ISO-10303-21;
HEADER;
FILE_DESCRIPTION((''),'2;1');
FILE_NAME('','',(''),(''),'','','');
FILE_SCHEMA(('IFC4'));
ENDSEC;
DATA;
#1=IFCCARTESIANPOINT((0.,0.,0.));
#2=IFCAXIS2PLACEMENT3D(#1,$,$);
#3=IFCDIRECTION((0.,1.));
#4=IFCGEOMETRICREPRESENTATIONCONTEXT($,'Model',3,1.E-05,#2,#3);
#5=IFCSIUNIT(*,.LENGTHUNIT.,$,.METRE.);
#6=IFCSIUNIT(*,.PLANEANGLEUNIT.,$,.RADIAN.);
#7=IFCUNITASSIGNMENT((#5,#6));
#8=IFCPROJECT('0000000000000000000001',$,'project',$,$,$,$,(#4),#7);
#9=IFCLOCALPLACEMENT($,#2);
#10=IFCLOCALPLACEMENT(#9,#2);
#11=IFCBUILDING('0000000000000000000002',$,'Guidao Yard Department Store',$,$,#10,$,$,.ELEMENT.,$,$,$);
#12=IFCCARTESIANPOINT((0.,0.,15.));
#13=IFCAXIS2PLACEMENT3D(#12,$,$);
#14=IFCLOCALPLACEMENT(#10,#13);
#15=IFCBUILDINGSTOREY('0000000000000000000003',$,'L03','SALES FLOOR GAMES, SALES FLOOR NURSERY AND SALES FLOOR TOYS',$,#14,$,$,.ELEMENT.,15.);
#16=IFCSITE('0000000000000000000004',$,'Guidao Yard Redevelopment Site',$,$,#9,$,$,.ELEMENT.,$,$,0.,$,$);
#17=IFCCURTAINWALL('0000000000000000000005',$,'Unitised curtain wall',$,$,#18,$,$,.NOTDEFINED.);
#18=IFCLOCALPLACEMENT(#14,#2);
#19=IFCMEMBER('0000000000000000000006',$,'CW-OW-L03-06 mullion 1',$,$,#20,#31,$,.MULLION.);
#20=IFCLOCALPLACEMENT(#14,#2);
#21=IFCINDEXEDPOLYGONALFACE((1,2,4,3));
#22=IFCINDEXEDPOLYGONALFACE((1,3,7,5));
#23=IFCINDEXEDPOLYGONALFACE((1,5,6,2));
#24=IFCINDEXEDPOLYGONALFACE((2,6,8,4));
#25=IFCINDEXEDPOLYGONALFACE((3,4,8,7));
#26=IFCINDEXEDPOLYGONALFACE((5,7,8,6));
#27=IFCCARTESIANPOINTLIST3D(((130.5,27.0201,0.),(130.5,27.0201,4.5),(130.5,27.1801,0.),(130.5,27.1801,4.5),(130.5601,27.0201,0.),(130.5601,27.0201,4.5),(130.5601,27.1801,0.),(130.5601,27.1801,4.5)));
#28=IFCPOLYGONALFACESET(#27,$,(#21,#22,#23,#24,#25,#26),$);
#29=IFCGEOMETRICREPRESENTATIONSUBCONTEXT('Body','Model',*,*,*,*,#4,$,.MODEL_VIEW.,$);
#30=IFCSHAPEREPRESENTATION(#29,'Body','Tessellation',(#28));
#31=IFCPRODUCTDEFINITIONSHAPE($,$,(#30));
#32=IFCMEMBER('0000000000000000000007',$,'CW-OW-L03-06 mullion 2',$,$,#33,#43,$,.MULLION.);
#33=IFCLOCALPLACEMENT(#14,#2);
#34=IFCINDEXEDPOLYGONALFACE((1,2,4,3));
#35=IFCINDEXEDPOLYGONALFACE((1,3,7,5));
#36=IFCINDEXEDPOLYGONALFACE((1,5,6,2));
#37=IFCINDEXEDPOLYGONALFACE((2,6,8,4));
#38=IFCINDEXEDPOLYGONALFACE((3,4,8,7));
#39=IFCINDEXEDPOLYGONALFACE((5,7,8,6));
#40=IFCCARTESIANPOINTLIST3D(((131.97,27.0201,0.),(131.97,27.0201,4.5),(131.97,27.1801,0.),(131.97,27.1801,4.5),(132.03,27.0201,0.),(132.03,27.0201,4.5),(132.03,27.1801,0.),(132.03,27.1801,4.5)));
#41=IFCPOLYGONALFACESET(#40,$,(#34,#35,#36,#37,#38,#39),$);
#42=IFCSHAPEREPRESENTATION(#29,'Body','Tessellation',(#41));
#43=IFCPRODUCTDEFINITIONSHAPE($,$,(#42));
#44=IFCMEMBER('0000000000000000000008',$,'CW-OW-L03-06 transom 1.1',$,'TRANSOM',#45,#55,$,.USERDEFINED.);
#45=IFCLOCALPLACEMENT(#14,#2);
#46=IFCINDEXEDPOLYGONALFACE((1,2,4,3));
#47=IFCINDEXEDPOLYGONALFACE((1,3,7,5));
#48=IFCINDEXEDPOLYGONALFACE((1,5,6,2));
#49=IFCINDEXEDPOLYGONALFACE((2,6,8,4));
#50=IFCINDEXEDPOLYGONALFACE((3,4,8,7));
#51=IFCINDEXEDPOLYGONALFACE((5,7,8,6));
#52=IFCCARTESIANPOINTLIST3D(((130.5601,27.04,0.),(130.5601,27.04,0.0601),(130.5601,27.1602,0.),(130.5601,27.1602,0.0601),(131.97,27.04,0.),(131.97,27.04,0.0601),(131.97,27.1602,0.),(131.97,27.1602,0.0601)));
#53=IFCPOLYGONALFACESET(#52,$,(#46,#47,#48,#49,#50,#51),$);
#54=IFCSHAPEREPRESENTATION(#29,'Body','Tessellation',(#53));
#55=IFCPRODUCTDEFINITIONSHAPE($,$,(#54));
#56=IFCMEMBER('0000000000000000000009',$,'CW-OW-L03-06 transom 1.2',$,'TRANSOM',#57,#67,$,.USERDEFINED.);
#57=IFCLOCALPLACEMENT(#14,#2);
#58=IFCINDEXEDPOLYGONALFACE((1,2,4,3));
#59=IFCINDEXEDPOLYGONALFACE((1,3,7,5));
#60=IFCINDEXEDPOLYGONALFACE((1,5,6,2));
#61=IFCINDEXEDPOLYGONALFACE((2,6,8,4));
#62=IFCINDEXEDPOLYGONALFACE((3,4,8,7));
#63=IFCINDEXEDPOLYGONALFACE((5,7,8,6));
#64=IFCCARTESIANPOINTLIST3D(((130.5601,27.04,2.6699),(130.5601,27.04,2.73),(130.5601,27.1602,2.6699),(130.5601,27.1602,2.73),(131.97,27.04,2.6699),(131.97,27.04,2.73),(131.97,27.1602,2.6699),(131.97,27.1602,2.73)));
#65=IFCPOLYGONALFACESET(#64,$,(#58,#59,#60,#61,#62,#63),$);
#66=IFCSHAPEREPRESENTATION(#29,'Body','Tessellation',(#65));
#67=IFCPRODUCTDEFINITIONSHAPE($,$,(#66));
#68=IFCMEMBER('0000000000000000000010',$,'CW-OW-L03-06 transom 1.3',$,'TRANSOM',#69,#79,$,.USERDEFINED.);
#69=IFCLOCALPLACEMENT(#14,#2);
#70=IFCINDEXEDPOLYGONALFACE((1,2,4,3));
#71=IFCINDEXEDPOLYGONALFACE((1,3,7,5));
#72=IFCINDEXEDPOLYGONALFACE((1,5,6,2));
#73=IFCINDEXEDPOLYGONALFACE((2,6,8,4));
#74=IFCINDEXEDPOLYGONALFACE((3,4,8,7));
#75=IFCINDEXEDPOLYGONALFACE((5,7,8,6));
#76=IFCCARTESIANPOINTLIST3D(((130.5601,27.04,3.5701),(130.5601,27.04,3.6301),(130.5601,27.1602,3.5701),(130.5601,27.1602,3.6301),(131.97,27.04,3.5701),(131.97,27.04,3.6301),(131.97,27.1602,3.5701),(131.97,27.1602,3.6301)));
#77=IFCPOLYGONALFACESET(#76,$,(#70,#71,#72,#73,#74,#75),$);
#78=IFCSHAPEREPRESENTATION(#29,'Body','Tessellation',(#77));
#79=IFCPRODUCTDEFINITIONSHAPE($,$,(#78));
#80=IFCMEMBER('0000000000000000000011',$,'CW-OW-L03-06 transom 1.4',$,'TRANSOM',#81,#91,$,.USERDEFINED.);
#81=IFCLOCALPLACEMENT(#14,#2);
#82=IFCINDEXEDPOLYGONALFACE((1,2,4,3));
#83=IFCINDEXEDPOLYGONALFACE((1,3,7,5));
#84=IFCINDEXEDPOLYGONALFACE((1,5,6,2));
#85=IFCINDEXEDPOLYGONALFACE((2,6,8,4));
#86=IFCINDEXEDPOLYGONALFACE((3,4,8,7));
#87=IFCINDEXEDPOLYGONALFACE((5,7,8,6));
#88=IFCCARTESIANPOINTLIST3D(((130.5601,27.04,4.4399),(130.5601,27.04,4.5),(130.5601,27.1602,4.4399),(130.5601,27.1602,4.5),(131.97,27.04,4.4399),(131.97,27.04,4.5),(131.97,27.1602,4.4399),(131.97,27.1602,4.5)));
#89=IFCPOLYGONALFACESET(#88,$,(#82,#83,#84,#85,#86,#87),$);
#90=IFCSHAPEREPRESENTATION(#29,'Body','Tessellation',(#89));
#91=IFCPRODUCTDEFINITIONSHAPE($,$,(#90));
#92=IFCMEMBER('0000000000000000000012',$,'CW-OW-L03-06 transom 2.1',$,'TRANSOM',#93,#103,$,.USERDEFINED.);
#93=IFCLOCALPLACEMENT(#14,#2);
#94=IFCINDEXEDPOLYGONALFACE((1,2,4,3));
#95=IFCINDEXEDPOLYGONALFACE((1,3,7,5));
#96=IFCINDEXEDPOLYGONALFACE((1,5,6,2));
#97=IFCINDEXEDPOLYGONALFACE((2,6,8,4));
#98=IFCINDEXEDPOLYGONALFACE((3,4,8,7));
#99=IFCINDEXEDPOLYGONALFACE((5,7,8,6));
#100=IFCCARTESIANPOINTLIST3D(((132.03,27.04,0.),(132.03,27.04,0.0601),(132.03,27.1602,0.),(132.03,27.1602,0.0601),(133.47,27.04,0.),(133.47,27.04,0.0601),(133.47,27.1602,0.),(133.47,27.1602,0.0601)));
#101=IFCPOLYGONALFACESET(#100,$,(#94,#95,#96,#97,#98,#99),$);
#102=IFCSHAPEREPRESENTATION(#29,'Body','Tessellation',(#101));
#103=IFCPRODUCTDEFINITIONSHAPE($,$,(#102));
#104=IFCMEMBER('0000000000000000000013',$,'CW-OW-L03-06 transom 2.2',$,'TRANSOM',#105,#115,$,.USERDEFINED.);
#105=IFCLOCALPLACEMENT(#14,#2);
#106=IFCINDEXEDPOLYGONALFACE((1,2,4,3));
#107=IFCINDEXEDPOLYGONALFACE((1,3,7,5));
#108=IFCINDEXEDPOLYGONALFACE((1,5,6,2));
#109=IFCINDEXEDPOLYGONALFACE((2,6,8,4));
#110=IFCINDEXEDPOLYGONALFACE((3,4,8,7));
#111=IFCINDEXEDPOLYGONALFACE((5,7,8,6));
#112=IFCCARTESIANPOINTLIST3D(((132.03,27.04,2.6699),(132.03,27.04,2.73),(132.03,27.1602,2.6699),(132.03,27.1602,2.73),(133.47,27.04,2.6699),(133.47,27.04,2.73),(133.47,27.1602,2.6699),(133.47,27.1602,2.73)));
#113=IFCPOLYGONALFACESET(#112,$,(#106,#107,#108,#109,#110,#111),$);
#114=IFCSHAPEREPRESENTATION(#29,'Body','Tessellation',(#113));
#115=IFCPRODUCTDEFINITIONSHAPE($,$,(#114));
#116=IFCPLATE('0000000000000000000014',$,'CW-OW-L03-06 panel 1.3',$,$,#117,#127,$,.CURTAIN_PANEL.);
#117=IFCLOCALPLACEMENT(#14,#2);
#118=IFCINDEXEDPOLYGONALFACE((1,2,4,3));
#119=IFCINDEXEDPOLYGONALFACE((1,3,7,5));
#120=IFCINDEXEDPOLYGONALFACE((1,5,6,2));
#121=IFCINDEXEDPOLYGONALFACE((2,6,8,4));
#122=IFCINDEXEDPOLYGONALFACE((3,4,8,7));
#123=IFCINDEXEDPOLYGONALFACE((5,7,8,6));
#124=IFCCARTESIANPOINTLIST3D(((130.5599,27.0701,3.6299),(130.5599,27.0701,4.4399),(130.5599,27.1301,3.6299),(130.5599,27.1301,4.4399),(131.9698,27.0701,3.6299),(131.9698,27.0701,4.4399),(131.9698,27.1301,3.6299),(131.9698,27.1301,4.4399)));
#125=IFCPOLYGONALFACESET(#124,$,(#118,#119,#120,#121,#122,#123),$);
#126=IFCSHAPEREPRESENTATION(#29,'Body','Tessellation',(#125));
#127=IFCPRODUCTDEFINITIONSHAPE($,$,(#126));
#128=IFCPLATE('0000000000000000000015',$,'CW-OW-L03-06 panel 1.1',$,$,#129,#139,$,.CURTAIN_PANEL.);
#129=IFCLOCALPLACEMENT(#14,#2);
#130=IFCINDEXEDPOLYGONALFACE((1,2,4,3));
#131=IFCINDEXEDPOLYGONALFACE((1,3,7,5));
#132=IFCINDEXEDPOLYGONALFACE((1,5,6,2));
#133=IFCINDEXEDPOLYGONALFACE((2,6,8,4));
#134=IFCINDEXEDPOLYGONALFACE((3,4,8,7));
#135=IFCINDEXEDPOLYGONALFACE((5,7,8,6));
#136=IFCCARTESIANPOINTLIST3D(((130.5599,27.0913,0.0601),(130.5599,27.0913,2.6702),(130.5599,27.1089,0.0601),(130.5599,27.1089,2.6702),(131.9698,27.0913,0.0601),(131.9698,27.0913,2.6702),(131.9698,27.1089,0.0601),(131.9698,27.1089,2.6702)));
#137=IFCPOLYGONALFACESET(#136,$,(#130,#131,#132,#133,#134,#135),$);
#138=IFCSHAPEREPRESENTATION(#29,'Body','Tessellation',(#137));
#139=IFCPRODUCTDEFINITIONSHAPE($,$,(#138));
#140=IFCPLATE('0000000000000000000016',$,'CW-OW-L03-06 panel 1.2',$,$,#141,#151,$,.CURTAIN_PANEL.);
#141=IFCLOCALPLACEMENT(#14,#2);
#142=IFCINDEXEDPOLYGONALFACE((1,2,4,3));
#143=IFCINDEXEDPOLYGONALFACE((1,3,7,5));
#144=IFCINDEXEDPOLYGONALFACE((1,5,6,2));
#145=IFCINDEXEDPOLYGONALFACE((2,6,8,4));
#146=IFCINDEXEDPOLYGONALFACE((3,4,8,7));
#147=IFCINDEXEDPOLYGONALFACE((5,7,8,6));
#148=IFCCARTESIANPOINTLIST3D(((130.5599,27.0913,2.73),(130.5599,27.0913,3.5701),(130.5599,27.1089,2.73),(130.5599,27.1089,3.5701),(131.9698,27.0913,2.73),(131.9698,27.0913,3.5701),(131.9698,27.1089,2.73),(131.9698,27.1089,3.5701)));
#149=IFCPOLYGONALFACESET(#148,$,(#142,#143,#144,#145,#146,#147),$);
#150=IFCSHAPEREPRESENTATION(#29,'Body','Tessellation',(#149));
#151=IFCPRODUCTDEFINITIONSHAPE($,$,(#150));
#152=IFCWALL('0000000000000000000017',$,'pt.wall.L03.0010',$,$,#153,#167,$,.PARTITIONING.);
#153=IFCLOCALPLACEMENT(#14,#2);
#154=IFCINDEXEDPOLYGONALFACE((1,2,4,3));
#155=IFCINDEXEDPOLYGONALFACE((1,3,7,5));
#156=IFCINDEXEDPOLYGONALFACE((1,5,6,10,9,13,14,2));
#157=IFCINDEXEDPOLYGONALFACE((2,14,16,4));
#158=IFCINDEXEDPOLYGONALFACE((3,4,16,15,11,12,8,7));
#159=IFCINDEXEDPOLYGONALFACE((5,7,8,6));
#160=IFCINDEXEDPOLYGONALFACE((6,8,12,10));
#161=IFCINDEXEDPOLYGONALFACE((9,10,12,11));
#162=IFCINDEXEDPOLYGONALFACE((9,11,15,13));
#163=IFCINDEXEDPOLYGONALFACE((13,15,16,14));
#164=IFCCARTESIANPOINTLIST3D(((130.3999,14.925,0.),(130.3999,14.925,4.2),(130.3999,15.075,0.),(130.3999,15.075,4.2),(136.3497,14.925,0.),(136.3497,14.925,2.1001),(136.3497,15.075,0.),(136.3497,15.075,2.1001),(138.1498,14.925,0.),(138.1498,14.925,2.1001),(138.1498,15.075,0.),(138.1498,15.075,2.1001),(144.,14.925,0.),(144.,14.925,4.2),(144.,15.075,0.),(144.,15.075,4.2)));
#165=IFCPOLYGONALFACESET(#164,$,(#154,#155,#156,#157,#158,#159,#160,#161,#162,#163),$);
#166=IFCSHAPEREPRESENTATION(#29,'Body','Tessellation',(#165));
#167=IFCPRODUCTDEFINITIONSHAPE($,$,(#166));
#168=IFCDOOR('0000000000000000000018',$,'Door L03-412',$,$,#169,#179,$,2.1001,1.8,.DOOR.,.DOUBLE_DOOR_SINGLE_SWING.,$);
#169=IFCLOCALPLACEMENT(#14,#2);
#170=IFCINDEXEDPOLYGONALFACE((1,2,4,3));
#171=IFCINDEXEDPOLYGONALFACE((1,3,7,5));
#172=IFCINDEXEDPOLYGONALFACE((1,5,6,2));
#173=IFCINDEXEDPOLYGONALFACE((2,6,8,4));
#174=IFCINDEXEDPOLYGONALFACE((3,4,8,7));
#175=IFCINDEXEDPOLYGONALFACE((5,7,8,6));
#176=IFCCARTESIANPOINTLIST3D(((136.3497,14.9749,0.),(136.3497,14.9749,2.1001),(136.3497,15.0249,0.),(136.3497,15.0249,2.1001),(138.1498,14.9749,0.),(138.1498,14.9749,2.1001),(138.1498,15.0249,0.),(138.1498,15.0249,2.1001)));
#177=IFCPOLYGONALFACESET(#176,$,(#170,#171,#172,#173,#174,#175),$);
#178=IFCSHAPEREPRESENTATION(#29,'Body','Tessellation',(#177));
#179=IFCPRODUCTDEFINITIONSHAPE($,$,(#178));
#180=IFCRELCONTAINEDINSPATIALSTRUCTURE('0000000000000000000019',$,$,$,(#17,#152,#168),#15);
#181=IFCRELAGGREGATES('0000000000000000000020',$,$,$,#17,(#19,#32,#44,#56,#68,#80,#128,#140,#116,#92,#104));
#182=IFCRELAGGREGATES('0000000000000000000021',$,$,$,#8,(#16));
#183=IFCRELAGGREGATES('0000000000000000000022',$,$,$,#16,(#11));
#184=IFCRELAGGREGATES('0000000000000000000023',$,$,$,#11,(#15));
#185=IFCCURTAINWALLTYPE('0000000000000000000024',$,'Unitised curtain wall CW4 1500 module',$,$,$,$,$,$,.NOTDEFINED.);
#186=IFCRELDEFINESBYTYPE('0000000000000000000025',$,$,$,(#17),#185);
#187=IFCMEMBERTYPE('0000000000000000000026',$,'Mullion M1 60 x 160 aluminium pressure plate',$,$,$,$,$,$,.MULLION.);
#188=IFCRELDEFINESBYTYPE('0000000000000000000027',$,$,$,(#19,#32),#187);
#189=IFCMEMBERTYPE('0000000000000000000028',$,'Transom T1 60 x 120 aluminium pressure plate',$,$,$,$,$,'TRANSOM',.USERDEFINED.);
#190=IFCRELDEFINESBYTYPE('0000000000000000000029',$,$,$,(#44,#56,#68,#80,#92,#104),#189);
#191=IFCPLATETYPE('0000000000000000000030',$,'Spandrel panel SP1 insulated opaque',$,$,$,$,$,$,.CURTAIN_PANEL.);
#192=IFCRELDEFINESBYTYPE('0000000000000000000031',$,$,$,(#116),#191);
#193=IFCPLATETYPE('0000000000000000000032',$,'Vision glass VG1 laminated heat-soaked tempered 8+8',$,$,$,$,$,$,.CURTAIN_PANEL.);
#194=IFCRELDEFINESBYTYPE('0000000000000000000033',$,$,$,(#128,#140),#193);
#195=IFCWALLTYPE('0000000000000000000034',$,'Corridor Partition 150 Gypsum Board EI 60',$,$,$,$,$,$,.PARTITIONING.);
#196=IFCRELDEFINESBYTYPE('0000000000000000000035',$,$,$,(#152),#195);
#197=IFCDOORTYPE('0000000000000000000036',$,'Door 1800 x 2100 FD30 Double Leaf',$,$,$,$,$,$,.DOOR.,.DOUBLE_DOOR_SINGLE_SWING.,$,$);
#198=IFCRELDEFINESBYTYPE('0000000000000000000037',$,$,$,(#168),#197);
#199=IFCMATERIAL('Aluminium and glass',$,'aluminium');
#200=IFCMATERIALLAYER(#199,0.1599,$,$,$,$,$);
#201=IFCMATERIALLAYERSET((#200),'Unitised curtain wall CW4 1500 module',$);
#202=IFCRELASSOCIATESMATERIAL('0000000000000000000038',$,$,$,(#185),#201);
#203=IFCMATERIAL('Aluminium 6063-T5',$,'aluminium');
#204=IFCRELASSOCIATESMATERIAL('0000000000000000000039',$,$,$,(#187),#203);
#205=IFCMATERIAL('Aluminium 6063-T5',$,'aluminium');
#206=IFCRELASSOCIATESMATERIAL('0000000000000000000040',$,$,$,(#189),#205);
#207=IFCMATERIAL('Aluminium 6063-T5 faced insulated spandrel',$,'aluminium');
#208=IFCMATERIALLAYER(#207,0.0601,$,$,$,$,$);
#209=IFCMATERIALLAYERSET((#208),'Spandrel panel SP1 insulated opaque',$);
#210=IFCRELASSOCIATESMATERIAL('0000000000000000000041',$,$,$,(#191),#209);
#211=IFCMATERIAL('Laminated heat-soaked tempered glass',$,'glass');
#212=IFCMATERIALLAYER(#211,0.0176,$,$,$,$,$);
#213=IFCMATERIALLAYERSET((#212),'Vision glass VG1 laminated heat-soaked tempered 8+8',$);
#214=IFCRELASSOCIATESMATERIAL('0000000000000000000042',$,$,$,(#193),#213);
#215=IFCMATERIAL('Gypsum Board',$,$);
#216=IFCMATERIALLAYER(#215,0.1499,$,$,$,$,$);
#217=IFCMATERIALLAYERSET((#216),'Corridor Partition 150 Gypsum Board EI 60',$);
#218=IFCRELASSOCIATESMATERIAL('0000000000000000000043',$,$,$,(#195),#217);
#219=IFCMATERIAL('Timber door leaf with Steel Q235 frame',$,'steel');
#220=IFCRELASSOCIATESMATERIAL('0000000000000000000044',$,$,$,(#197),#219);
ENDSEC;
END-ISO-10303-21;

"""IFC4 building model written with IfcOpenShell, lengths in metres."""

from ifc_helpers import new_model, si_unit, direction, frame, frame_2d, origin, origin_2d, place, context, subcontext, project, spatial, rectangle, extrude, material, layer, layer_set, material_profile, profile_set, type_object, element, fill, aggregate, save


model = new_model("IFC4")

# Units and contexts
model_context = context("Model", 3, precision=1e-05, world=origin(), true_north=direction((0.0, 1.0)))
body_context = subcontext(model_context, "Body", "Model", "MODEL_VIEW")
ifc_project = project(units=[si_unit("LENGTHUNIT", "METRE"), si_unit("PLANEANGLEUNIT", "RADIAN")], contexts=[model_context])

# Site, building, storey
site_placement = place(None, origin())
site = spatial("IfcSite", under=ifc_project, at=site_placement, Name="Guidao Yard Redevelopment Site", CompositionType="ELEMENT", RefElevation=0.0)
building_placement = place(site_placement, origin())
building = spatial("IfcBuilding", under=site, at=building_placement, Name="Guidao Yard Department Store", CompositionType="ELEMENT")
storey_placement = place(building_placement, frame((0.0, 0.0, 15.0)))
storey = spatial("IfcBuildingStorey", under=building, at=storey_placement, Name="L03", Description="SALES FLOOR GAMES, SALES FLOOR NURSERY AND SALES FLOOR TOYS", CompositionType="ELEMENT", Elevation=15.0)

# Curtain wall, members, plates
ifc_material_1 = material(Name="Aluminium and glass", Category="aluminium")
ifc_layer_1 = layer(ifc_material_1, 0.1599)
ifc_layer_set_1 = layer_set([ifc_layer_1], Name="Unitised curtain wall CW4 1500 module")
curtain_wall_type = type_object("IfcCurtainWallType", Name="Unitised curtain wall CW4 1500 module", PredefinedType="NOTDEFINED", material=ifc_layer_set_1)
curtain_wall_placement = place(storey_placement, origin())
curtain_wall = element("IfcCurtainWall", 1, at=curtain_wall_placement, inside=storey, type_object=curtain_wall_type, Name="Unitised curtain wall", PredefinedType="NOTDEFINED")
ifc_material_2 = material(Name="Aluminium 6063-T5", Category="aluminium")
ifc_material_profile_1 = material_profile(ifc_material_2, rectangle(XDim=0.0601, YDim=0.1599, at=origin_2d()), Name="Mullion M1 60 x 160 aluminium pressure plate")
ifc_profile_set_1 = profile_set([ifc_material_profile_1], Name="Aluminium 6063-T5")
member_type_1 = type_object("IfcMemberType", Name="Mullion M1 60 x 160 aluminium pressure plate", PredefinedType="MULLION", material=ifc_profile_set_1)
member_1_placement = place(storey_placement, frame((130.53, 27.1001, 0.0), z_axis=(0.0, 0.0, 1.0), x_axis=(1.0, 0.0, 0.0)))
member_1 = element("IfcMember", 2, at=member_1_placement, type_object=member_type_1, Name="CW-OW-L03-06 mullion 1", PredefinedType="MULLION", context=body_context, shape_type="SweptSolid", body=[
    extrude(rectangle(XDim=0.0601, YDim=0.1599, at=origin_2d()), origin(), (0.0, 0.0, 1.0), 4.5),
])
member_2_placement = place(storey_placement, frame((132.0, 27.1001, 0.0), z_axis=(0.0, 0.0, 1.0), x_axis=(1.0, 0.0, 0.0)))
member_2 = element("IfcMember", 3, at=member_2_placement, type_object=member_type_1, Name="CW-OW-L03-06 mullion 2", PredefinedType="MULLION", context=body_context, shape_type="SweptSolid", body=[
    extrude(rectangle(XDim=0.0601, YDim=0.1599, at=origin_2d()), origin(), (0.0, 0.0, 1.0), 4.5),
])
ifc_material_3 = material(Name="Aluminium 6063-T5", Category="aluminium")
ifc_material_profile_2 = material_profile(ifc_material_3, rectangle(XDim=0.1201, YDim=0.0601, at=origin_2d()), Name="Transom T1 60 x 120 aluminium pressure plate")
ifc_profile_set_2 = profile_set([ifc_material_profile_2], Name="Aluminium 6063-T5")
member_type_2 = type_object("IfcMemberType", Name="Transom T1 60 x 120 aluminium pressure plate", ElementType="TRANSOM", PredefinedType="USERDEFINED", material=ifc_profile_set_2)
member_3_placement = place(storey_placement, frame((130.5601, 27.1001, 0.03), z_axis=(1.0, 0.0, 0.0), x_axis=(0.0, 1.0, 0.0)))
member_3 = element("IfcMember", 4, at=member_3_placement, type_object=member_type_2, Name="CW-OW-L03-06 transom 1.1", ObjectType="TRANSOM", PredefinedType="USERDEFINED", context=body_context, shape_type="SweptSolid", body=[
    extrude(rectangle(XDim=0.1201, YDim=0.0601, at=origin_2d()), origin(), (0.0, 0.0, 1.0), 1.4099),
])
member_4_placement = place(storey_placement, frame((130.5601, 27.1001, 2.7), z_axis=(1.0, 0.0, 0.0), x_axis=(0.0, 1.0, 0.0)))
member_4 = element("IfcMember", 5, at=member_4_placement, type_object=member_type_2, Name="CW-OW-L03-06 transom 1.2", ObjectType="TRANSOM", PredefinedType="USERDEFINED", context=body_context, shape_type="SweptSolid", body=[
    extrude(rectangle(XDim=0.1201, YDim=0.0601, at=origin_2d()), origin(), (0.0, 0.0, 1.0), 1.4099),
])
member_5_placement = place(storey_placement, frame((130.5601, 27.1001, 3.6001), z_axis=(1.0, 0.0, 0.0), x_axis=(0.0, 1.0, 0.0)))
member_5 = element("IfcMember", 6, at=member_5_placement, type_object=member_type_2, Name="CW-OW-L03-06 transom 1.3", ObjectType="TRANSOM", PredefinedType="USERDEFINED", context=body_context, shape_type="SweptSolid", body=[
    extrude(rectangle(XDim=0.1201, YDim=0.0601, at=origin_2d()), origin(), (0.0, 0.0, 1.0), 1.4099),
])
member_6_placement = place(storey_placement, frame((130.5601, 27.1001, 4.47), z_axis=(1.0, 0.0, 0.0), x_axis=(0.0, 1.0, 0.0)))
member_6 = element("IfcMember", 7, at=member_6_placement, type_object=member_type_2, Name="CW-OW-L03-06 transom 1.4", ObjectType="TRANSOM", PredefinedType="USERDEFINED", context=body_context, shape_type="SweptSolid", body=[
    extrude(rectangle(XDim=0.1201, YDim=0.0601, at=origin_2d()), origin(), (0.0, 0.0, 1.0), 1.4099),
])
member_7_placement = place(storey_placement, frame((132.03, 27.1001, 0.03), z_axis=(1.0, 0.0, 0.0), x_axis=(0.0, 1.0, 0.0)))
member_7 = element("IfcMember", 8, at=member_7_placement, type_object=member_type_2, Name="CW-OW-L03-06 transom 2.1", ObjectType="TRANSOM", PredefinedType="USERDEFINED", context=body_context, shape_type="SweptSolid", body=[
    extrude(rectangle(XDim=0.1201, YDim=0.0601, at=origin_2d()), origin(), (0.0, 0.0, 1.0), 1.4399),
])
member_8_placement = place(storey_placement, frame((132.03, 27.1001, 2.7), z_axis=(1.0, 0.0, 0.0), x_axis=(0.0, 1.0, 0.0)))
member_8 = element("IfcMember", 9, at=member_8_placement, type_object=member_type_2, Name="CW-OW-L03-06 transom 2.2", ObjectType="TRANSOM", PredefinedType="USERDEFINED", context=body_context, shape_type="SweptSolid", body=[
    extrude(rectangle(XDim=0.1201, YDim=0.0601, at=origin_2d()), origin(), (0.0, 0.0, 1.0), 1.4399),
])
ifc_material_4 = material(Name="Aluminium 6063-T5 faced insulated spandrel", Category="aluminium")
ifc_layer_2 = layer(ifc_material_4, 0.0601)
ifc_layer_set_2 = layer_set([ifc_layer_2], Name="Spandrel panel SP1 insulated opaque")
plate_type_1 = type_object("IfcPlateType", Name="Spandrel panel SP1 insulated opaque", PredefinedType="CURTAIN_PANEL", material=ifc_layer_set_2)
plate_1_placement = place(storey_placement, frame((131.2649, 27.1001, 3.6299), z_axis=(0.0, 0.0, 1.0), x_axis=(1.0, 0.0, 0.0)))
plate_1 = element("IfcPlate", 10, at=plate_1_placement, type_object=plate_type_1, Name="CW-OW-L03-06 panel 1.3", PredefinedType="CURTAIN_PANEL", context=body_context, shape_type="SweptSolid", body=[
    extrude(rectangle(XDim=1.4099, YDim=0.0601, at=origin_2d()), origin(), (0.0, 0.0, 1.0), 0.8101),
])
ifc_material_5 = material(Name="Laminated heat-soaked tempered glass", Category="glass")
ifc_layer_3 = layer(ifc_material_5, 0.0176)
ifc_layer_set_3 = layer_set([ifc_layer_3], Name="Vision glass VG1 laminated heat-soaked tempered 8+8")
plate_type_2 = type_object("IfcPlateType", Name="Vision glass VG1 laminated heat-soaked tempered 8+8", PredefinedType="CURTAIN_PANEL", material=ifc_layer_set_3)
plate_2_placement = place(storey_placement, frame((131.2649, 27.1001, 0.0601), z_axis=(0.0, 0.0, 1.0), x_axis=(1.0, 0.0, 0.0)))
plate_2 = element("IfcPlate", 11, at=plate_2_placement, type_object=plate_type_2, Name="CW-OW-L03-06 panel 1.1", PredefinedType="CURTAIN_PANEL", context=body_context, shape_type="SweptSolid", body=[
    extrude(rectangle(XDim=1.4099, YDim=0.0176, at=origin_2d()), origin(), (0.0, 0.0, 1.0), 2.6101),
])
plate_3_placement = place(storey_placement, frame((131.2649, 27.1001, 2.73), z_axis=(0.0, 0.0, 1.0), x_axis=(1.0, 0.0, 0.0)))
plate_3 = element("IfcPlate", 12, at=plate_3_placement, type_object=plate_type_2, Name="CW-OW-L03-06 panel 1.2", PredefinedType="CURTAIN_PANEL", context=body_context, shape_type="SweptSolid", body=[
    extrude(rectangle(XDim=1.4099, YDim=0.0176, at=origin_2d()), origin(), (0.0, 0.0, 1.0), 0.8401),
])
aggregate(curtain_wall, [member_1, member_2, member_3, member_4, member_5, member_6, plate_2, plate_3, plate_1, member_7, member_8])

# Wall, opening, door
ifc_material_6 = material(Name="Gypsum Board")
ifc_layer_4 = layer(ifc_material_6, 0.1499)
ifc_layer_set_4 = layer_set([ifc_layer_4], Name="Corridor Partition 150 Gypsum Board EI 60")
wall_type_1 = type_object("IfcWallType", Name="Corridor Partition 150 Gypsum Board EI 60", PredefinedType="PARTITIONING", material=ifc_layer_set_4)
wall_1_placement = place(storey_placement, frame((130.3999, 15.0, 0.0), z_axis=(0.0, 0.0, 1.0), x_axis=(1.0, 0.0, 0.0)))
wall_1 = element("IfcWall", 13, at=wall_1_placement, inside=storey, type_object=wall_type_1, Name="pt.wall.L03.0010", PredefinedType="PARTITIONING", context=body_context, shape_type="SweptSolid", body=[
    extrude(rectangle(XDim=13.6001, YDim=0.1499, at=frame_2d((6.8, 0.0))), origin(), (0.0, 0.0, 1.0), 4.2),
])
opening_1_placement = place(wall_1_placement, frame((5.95, 0.0, 0.0)))
opening_1 = element("IfcOpeningElement", 14, at=opening_1_placement, cuts=wall_1, PredefinedType="OPENING", context=body_context, shape_type="SweptSolid", body=[
    extrude(rectangle(XDim=1.8, YDim=2.1001, at=frame_2d((0.8999, 1.05))), frame((0.0, 0.085, 0.0), z_axis=(0.0, -1.0, 0.0), x_axis=(1.0, 0.0, 0.0)), (0.0, 0.0, 1.0), 0.1699),
])
ifc_material_7 = material(Name="Timber door leaf with Steel Q235 frame", Category="steel")
door_type_1 = type_object("IfcDoorType", Name="Door 1800 x 2100 FD30 Double Leaf", OperationType="DOUBLE_DOOR_SINGLE_SWING", PredefinedType="DOOR", material=ifc_material_7)
door_1_placement = place(opening_1_placement, origin())
door_1 = element("IfcDoor", 15, at=door_1_placement, inside=storey, type_object=door_type_1, Name="Door L03-412", OperationType="DOUBLE_DOOR_SINGLE_SWING", OverallHeight=2.1001, OverallWidth=1.8, PredefinedType="DOOR", context=body_context, shape_type="SweptSolid", body=[
    extrude(rectangle(XDim=1.8, YDim=2.1001, at=frame_2d((0.8999, 1.05))), frame((0.0, 0.0249, 0.0), z_axis=(0.0, -1.0, 0.0), x_axis=(1.0, 0.0, 0.0)), (0.0, 0.0, 1.0), 0.05),
])
fill(opening_1, door_1)

save(model, "model.ifc")
